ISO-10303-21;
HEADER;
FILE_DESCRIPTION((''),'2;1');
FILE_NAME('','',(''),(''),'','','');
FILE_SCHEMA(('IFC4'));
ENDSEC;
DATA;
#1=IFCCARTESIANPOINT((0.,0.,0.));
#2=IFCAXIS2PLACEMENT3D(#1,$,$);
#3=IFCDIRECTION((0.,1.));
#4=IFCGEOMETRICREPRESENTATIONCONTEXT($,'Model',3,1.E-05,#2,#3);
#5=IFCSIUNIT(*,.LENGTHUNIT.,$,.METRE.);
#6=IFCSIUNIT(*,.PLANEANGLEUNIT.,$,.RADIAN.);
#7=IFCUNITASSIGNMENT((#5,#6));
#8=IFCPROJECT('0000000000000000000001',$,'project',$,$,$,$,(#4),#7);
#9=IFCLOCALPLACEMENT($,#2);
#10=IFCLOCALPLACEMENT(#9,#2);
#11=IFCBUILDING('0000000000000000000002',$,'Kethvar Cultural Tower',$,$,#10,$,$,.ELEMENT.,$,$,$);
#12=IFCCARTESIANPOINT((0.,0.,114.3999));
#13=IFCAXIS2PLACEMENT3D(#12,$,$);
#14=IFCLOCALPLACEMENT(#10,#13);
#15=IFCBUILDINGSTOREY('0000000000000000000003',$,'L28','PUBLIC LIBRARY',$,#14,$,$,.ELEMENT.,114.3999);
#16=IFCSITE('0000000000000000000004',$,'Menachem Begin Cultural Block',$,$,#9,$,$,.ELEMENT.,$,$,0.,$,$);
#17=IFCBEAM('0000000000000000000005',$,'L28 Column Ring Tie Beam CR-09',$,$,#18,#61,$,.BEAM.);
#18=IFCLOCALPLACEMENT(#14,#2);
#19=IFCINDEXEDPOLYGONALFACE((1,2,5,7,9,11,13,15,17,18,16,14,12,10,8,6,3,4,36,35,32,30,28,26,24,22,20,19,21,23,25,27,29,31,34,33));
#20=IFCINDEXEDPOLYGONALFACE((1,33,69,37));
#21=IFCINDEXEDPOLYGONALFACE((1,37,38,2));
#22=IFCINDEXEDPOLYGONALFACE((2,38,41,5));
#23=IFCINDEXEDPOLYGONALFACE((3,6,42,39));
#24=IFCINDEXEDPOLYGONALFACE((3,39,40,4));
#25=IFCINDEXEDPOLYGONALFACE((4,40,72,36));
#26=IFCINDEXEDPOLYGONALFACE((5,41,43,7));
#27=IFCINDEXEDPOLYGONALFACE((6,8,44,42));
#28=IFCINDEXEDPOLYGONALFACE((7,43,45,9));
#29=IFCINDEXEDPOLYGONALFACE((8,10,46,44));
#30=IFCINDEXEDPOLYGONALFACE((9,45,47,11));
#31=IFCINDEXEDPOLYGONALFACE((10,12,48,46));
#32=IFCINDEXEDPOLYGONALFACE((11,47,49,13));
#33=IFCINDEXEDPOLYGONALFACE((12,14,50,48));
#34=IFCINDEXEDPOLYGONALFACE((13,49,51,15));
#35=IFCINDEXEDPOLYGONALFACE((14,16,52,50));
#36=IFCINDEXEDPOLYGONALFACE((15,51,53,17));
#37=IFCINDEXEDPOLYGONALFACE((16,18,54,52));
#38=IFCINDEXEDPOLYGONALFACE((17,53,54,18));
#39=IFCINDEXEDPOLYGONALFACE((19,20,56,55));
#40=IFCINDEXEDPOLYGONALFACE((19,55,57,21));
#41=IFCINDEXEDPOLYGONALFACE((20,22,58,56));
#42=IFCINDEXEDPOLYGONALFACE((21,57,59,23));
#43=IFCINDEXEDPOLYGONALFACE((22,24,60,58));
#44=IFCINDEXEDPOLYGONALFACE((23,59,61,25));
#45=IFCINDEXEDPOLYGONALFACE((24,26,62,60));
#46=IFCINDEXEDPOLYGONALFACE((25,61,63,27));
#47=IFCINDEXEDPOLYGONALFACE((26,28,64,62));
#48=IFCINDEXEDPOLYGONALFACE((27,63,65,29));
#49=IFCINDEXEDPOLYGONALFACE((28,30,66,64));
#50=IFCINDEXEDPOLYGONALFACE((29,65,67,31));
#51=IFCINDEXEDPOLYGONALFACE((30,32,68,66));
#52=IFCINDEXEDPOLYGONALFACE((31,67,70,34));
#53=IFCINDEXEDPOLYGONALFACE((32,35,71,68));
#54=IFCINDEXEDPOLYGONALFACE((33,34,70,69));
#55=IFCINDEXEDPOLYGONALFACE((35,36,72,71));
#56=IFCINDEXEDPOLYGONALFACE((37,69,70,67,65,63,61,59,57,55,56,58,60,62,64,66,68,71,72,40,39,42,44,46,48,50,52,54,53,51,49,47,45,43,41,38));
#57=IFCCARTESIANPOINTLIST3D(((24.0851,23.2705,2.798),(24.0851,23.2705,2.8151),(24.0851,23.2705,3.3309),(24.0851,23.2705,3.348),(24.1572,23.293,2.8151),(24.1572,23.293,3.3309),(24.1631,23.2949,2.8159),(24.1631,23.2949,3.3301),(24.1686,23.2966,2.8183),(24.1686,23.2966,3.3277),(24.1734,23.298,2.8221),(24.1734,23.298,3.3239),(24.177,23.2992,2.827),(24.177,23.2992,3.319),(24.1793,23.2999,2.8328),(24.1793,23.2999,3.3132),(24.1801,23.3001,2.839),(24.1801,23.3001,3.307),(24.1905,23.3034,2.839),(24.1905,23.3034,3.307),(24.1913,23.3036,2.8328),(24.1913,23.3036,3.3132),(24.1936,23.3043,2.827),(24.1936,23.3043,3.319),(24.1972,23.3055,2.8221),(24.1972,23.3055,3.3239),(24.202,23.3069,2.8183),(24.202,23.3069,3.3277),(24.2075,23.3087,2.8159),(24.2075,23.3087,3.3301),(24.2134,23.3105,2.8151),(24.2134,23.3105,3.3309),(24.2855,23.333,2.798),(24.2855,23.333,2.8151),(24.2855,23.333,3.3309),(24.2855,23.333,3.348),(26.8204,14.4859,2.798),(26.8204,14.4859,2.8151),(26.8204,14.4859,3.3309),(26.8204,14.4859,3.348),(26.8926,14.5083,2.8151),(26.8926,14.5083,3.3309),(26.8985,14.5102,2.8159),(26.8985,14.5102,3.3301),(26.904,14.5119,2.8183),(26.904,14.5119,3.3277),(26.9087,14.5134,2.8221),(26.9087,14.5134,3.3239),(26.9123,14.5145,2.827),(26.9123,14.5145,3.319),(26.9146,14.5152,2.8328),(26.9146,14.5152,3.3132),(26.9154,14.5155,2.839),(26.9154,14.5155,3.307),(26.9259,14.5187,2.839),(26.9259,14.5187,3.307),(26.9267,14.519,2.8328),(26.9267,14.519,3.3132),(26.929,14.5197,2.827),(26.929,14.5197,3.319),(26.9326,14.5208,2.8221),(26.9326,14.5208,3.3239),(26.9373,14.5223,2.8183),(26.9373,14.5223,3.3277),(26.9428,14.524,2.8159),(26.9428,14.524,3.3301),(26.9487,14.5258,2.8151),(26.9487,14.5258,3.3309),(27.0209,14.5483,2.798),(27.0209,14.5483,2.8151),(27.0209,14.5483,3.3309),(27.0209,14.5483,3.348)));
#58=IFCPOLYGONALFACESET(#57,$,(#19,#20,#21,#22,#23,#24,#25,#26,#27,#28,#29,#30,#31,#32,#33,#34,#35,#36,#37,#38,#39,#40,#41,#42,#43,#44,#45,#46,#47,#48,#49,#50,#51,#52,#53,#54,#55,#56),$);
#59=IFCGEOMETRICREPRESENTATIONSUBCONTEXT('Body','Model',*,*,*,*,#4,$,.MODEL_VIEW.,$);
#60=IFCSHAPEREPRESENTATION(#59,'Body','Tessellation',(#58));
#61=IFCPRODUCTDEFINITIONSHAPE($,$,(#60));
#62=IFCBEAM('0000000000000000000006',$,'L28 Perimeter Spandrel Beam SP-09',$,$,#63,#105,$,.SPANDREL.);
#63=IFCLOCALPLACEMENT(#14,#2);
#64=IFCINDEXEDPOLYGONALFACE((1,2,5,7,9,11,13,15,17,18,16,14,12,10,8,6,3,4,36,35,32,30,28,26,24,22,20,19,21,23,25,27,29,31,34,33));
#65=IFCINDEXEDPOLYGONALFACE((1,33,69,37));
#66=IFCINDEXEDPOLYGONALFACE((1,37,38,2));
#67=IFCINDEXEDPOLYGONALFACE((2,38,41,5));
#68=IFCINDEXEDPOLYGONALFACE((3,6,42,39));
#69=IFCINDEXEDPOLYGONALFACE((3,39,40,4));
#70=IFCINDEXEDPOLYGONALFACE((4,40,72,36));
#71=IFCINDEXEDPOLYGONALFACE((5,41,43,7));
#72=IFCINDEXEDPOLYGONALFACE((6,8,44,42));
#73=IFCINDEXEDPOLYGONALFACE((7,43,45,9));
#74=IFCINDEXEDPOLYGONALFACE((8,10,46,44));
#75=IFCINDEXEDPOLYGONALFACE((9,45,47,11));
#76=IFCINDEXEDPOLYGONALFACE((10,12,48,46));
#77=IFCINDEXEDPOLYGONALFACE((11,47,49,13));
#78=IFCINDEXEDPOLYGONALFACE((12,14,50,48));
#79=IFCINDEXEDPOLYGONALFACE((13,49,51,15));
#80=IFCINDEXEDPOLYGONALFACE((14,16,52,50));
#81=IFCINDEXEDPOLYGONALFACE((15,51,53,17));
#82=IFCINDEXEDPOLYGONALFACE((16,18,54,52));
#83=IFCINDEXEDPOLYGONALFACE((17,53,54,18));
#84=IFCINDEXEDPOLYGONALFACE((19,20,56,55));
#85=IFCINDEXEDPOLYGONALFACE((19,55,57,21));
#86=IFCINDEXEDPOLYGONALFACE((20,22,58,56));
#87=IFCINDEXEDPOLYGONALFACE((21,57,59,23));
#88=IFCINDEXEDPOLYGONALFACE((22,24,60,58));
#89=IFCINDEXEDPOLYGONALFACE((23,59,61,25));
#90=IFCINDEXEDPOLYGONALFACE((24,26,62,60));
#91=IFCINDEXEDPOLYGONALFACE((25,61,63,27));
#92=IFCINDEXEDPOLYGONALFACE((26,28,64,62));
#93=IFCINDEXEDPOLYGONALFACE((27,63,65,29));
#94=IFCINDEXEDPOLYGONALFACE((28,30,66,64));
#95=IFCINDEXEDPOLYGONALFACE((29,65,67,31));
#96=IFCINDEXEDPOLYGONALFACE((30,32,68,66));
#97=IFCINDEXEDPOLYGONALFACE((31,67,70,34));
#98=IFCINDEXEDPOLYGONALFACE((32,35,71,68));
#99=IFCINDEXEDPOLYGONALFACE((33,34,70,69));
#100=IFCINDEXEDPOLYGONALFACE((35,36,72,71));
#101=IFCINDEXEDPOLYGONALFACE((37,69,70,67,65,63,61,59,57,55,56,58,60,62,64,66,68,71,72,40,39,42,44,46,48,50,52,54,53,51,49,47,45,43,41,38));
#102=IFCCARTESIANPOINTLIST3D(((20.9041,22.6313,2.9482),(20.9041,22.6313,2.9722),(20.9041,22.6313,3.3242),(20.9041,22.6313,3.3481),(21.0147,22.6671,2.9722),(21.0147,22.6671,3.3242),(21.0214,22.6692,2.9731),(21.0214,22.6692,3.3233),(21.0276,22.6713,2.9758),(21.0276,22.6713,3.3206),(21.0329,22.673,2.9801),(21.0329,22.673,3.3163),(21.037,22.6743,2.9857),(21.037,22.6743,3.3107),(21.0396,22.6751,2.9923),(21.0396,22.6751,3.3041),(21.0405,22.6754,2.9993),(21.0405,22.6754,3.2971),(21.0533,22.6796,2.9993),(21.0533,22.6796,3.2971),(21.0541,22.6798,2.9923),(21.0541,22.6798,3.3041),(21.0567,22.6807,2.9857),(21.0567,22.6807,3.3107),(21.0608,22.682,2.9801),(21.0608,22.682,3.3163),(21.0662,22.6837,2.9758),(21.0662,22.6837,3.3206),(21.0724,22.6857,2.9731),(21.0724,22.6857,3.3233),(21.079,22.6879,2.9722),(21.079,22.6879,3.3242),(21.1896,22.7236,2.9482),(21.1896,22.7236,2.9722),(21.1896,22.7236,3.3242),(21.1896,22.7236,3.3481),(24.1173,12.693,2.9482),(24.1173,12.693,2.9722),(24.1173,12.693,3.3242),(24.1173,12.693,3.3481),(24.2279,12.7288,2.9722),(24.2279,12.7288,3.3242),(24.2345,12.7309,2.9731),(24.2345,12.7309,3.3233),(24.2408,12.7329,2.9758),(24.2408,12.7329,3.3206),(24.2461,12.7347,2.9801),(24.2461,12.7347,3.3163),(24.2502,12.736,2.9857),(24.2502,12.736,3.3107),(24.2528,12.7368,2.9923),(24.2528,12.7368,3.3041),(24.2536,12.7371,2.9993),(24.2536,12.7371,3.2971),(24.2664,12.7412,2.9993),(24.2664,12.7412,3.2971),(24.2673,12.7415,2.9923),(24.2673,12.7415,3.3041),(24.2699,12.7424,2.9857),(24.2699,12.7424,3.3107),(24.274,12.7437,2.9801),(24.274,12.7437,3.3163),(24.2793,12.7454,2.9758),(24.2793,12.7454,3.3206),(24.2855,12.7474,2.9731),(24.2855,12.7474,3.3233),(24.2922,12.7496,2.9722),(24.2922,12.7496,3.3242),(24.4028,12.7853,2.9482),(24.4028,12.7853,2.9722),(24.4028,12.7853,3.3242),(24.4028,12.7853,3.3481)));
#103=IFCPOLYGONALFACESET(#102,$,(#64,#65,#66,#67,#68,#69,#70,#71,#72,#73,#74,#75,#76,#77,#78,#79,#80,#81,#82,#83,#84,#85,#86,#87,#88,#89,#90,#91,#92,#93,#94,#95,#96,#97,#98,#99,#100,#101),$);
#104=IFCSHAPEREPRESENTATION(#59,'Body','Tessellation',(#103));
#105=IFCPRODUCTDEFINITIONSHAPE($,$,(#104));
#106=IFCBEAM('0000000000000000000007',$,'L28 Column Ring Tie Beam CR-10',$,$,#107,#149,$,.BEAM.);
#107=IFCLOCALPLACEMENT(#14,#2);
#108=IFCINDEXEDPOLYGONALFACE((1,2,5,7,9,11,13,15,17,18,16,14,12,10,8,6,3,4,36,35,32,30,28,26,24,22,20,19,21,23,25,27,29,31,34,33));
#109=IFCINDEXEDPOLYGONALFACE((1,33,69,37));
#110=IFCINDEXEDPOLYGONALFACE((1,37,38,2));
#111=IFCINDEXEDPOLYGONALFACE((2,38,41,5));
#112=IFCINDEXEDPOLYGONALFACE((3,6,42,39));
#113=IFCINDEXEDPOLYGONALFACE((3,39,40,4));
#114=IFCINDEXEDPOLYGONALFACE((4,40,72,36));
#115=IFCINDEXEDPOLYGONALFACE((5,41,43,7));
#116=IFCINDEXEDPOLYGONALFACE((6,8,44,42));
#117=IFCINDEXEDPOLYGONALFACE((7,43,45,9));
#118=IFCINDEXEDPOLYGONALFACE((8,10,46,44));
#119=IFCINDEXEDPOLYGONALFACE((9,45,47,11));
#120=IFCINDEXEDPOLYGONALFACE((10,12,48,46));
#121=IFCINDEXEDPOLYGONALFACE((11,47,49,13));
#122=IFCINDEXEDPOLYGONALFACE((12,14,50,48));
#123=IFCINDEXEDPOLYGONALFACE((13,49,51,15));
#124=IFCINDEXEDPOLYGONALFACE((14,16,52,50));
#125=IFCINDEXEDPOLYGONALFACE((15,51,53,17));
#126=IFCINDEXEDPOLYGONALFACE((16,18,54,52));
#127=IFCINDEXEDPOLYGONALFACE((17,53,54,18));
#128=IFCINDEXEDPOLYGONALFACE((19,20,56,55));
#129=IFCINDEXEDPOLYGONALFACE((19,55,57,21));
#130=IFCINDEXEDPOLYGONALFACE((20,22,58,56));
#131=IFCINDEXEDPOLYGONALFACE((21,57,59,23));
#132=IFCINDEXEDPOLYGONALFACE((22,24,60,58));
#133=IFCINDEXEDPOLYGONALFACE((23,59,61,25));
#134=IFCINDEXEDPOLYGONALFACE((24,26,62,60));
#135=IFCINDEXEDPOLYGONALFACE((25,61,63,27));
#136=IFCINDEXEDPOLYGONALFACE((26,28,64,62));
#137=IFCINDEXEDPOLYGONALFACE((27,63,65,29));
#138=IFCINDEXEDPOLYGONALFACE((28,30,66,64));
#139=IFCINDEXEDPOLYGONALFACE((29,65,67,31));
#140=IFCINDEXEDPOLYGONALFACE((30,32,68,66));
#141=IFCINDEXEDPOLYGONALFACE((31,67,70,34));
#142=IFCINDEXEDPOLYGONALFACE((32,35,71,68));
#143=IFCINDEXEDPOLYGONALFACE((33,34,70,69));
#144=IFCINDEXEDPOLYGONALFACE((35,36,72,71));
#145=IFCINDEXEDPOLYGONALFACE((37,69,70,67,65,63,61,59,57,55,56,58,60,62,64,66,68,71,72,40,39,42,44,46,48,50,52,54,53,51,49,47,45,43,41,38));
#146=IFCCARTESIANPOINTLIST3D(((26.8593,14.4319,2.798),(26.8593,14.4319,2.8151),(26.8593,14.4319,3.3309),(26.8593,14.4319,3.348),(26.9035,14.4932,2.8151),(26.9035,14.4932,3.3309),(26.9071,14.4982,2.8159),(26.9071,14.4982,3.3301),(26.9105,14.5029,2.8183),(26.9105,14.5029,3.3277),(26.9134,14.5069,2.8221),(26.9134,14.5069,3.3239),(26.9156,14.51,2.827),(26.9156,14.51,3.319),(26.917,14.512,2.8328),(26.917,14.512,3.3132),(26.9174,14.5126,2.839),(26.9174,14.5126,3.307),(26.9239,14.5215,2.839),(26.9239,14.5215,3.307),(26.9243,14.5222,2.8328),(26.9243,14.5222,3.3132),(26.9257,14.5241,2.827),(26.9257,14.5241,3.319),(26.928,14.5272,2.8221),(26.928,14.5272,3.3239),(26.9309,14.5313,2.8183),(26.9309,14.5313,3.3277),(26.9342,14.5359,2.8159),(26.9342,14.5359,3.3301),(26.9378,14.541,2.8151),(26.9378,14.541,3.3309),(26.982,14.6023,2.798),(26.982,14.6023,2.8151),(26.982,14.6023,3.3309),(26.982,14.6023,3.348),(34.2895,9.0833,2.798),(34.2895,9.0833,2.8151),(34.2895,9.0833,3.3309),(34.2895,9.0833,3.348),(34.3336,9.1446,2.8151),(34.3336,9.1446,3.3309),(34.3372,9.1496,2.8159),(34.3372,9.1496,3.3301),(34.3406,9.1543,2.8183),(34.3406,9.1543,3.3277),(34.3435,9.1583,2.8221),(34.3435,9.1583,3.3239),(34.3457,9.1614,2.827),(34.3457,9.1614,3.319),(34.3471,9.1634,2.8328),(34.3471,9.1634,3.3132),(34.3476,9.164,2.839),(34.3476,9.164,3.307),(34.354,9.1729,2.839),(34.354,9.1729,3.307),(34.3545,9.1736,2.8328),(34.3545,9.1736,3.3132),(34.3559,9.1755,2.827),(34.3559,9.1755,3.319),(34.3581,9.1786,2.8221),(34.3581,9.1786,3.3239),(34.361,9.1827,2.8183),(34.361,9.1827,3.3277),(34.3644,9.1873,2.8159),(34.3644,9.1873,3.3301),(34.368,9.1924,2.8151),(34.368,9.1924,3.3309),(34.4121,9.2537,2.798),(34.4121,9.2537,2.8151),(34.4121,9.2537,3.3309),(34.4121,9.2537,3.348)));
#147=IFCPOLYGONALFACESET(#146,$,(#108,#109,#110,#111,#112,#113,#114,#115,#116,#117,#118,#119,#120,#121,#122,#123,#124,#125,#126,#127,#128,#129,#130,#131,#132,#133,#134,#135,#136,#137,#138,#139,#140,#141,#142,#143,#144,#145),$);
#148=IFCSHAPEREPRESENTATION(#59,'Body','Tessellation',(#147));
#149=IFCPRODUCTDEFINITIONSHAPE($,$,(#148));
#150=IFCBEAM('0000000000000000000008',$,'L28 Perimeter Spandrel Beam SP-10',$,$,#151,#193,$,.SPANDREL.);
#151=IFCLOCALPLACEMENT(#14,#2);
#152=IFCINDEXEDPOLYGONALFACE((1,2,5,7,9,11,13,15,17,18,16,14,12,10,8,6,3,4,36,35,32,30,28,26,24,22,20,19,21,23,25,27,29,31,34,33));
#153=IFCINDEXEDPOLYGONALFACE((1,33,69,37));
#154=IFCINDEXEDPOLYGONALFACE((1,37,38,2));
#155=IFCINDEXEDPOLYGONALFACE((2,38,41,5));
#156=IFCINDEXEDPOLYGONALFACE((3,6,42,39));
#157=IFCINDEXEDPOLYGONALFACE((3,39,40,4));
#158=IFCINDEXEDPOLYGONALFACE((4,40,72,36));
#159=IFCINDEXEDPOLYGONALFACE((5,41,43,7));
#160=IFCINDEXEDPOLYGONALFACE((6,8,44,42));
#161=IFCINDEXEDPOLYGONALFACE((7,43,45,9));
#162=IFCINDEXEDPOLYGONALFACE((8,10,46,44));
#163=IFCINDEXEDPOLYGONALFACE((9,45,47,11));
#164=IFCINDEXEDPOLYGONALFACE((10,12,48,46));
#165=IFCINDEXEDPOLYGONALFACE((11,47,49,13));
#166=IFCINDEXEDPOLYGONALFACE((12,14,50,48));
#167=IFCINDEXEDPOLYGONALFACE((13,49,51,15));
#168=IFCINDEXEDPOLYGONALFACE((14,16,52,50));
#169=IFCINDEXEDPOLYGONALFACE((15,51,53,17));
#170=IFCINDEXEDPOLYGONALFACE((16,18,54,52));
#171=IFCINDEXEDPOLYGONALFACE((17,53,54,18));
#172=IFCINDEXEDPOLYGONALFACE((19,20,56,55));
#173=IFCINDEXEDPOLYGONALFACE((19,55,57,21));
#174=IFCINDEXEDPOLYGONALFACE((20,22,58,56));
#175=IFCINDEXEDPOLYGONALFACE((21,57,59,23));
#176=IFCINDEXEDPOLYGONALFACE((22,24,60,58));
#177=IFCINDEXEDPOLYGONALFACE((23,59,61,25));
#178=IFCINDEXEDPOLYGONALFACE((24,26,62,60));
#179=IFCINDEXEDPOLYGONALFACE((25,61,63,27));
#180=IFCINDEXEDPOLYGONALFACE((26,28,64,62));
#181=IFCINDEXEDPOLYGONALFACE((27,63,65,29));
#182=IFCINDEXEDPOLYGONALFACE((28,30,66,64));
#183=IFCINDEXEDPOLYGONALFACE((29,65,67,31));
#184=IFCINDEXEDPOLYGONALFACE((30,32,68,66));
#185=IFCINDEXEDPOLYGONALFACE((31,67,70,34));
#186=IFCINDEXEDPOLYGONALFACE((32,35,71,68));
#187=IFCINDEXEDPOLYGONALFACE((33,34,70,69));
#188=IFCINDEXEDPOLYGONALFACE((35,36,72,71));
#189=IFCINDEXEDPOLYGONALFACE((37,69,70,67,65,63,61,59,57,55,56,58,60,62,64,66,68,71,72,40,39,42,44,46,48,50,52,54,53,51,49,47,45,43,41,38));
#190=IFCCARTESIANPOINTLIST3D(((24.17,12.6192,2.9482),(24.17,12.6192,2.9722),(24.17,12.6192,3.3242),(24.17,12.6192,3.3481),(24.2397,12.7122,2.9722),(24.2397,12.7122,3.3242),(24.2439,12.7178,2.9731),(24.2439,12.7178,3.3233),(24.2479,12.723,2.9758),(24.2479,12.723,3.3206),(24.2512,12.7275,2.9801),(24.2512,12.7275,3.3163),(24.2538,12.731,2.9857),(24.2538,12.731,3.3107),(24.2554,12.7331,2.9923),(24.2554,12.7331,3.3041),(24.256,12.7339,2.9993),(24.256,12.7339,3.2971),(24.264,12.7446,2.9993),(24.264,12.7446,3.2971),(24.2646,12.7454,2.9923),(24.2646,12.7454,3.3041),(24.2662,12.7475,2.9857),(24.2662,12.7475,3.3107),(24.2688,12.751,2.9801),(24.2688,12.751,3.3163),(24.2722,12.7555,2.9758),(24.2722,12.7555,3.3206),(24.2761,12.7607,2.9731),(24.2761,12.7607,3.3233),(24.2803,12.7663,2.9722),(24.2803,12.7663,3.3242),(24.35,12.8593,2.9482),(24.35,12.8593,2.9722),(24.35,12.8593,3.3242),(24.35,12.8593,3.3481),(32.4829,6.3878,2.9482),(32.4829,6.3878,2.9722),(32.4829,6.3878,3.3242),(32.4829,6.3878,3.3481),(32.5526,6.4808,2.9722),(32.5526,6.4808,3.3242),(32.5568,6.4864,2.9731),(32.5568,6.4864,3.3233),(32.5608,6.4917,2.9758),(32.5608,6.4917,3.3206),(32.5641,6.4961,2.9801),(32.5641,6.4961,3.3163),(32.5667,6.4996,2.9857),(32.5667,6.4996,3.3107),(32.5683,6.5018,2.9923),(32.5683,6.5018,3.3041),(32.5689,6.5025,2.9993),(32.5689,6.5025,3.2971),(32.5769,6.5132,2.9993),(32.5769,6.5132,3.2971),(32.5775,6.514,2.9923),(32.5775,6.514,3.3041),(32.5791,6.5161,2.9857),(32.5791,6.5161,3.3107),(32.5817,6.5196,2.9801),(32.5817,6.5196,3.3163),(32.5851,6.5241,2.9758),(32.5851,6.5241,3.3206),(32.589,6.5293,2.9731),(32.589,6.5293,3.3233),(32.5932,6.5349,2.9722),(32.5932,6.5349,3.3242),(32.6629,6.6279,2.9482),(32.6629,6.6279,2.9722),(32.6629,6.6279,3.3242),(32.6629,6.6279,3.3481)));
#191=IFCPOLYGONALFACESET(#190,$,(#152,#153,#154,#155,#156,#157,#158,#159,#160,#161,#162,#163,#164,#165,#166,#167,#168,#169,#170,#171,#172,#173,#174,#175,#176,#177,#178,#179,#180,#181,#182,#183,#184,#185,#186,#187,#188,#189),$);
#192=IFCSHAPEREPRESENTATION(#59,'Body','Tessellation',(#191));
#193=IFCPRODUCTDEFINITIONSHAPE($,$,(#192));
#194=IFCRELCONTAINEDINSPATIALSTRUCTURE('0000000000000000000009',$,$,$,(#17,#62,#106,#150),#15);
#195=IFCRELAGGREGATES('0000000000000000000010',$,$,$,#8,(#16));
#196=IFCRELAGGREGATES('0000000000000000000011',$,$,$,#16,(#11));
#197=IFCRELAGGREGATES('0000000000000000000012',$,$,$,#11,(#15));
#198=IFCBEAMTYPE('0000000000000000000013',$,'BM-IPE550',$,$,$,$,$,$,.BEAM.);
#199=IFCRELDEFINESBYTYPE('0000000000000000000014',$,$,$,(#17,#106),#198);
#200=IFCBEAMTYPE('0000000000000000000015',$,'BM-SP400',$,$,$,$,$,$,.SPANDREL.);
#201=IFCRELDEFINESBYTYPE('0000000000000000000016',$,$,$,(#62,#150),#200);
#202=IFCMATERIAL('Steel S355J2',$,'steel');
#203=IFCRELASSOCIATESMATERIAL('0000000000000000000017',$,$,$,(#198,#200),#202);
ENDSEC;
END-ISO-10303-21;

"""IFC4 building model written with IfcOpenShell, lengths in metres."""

from ifc_helpers import new_model, si_unit, direction, frame, origin, origin_2d, place, context, subcontext, project, spatial, i_section, extrude, source, transform, mapped, material, material_profile, profile_set, type_object, element, save


model = new_model("IFC4")

# Units and contexts
model_context = context("Model", 3, precision=1e-05, world=origin(), true_north=direction((0.0, 1.0)))
body_context = subcontext(model_context, "Body", "Model", "MODEL_VIEW")
ifc_project = project(units=[si_unit("LENGTHUNIT", "METRE"), si_unit("PLANEANGLEUNIT", "RADIAN")], contexts=[model_context])

# Site, building, storey
site_placement = place(None, origin())
site = spatial("IfcSite", under=ifc_project, at=site_placement, Name="Menachem Begin Cultural Block", CompositionType="ELEMENT", RefElevation=0.0)
building_placement = place(site_placement, origin())
building = spatial("IfcBuilding", under=site, at=building_placement, Name="Kethvar Cultural Tower", CompositionType="ELEMENT")
storey_placement = place(building_placement, frame((0.0, 0.0, 114.3999)))
storey = spatial("IfcBuildingStorey", under=building, at=storey_placement, Name="L28", Description="PUBLIC LIBRARY", CompositionType="ELEMENT", Elevation=114.3999)

# Beams
ifc_material_1 = material(Name="Steel S355J2", Category="steel")
ifc_material_profile_1 = material_profile(ifc_material_1, i_section(OverallWidth=0.21, OverallDepth=0.55, WebThickness=0.011, FlangeThickness=0.0171, FilletRadius=0.0239, at=origin_2d()), Name="Steel S355J2 — IPE550")
ifc_profile_set_1 = profile_set([ifc_material_profile_1], Name="Steel S355J2 — IPE550")
beam_type_1 = type_object("IfcBeamType", Name="BM-IPE550", PredefinedType="BEAM", material=ifc_profile_set_1)
shared_shape_1 = source(origin(), body_context, "Body", "SweptSolid", [
    extrude(i_section(OverallWidth=0.21, OverallDepth=0.55, WebThickness=0.011, FlangeThickness=0.0171, FilletRadius=0.0239, at=origin_2d()), origin(), (0.0, 0.0, 1.0), 9.2007),
])
beam_1_placement = place(storey_placement, frame((24.1853, 23.3018, 3.073), z_axis=(0.297299, -0.954784, 0.0), x_axis=(0.954784, 0.297299, 0.0)))
element("IfcBeam", 1, at=beam_1_placement, inside=storey, type_object=beam_type_1, Name="L28 Column Ring Tie Beam CR-09", PredefinedType="BEAM", context=body_context, shape_type="MappedRepresentation", body=[
    mapped(shared_shape_1, transform((0.0, 0.0, 0.0), scale=1.0)),
])
ifc_material_profile_2 = material_profile(ifc_material_1, i_section(OverallWidth=0.3, OverallDepth=0.3999, WebThickness=0.0134, FlangeThickness=0.0239, FilletRadius=0.0271, at=origin_2d()), Name="Steel S355J2 — HEB400")
ifc_profile_set_2 = profile_set([ifc_material_profile_2], Name="Steel S355J2 — HEB400")
beam_type_2 = type_object("IfcBeamType", Name="BM-SP400", PredefinedType="SPANDREL", material=ifc_profile_set_2)
shared_shape_2 = source(origin(), body_context, "Body", "SweptSolid", [
    extrude(i_section(OverallWidth=0.3, OverallDepth=0.3999, WebThickness=0.0134, FlangeThickness=0.0239, FilletRadius=0.0271, at=origin_2d()), origin(), (0.0, 0.0, 1.0), 10.4448),
])
beam_2_placement = place(storey_placement, frame((21.0469, 22.6775, 3.1482), z_axis=(0.307632, -0.951506, 0.0), x_axis=(0.951506, 0.307632, 0.0)))
element("IfcBeam", 2, at=beam_2_placement, inside=storey, type_object=beam_type_2, Name="L28 Perimeter Spandrel Beam SP-09", PredefinedType="SPANDREL", context=body_context, shape_type="MappedRepresentation", body=[
    mapped(shared_shape_2, transform((0.0, 0.0, 0.0), scale=1.0)),
])
shared_shape_3 = source(origin(), body_context, "Body", "SweptSolid", [
    extrude(i_section(OverallWidth=0.21, OverallDepth=0.55, WebThickness=0.011, FlangeThickness=0.0171, FilletRadius=0.0239, at=origin_2d()), origin(), (0.0, 0.0, 1.0), 9.155),
])
beam_3_placement = place(storey_placement, frame((26.9207, 14.5171, 3.073), z_axis=(0.811591, -0.584226, 0.0), x_axis=(0.584226, 0.811591, 0.0)))
element("IfcBeam", 3, at=beam_3_placement, inside=storey, type_object=beam_type_1, Name="L28 Column Ring Tie Beam CR-10", PredefinedType="BEAM", context=body_context, shape_type="MappedRepresentation", body=[
    mapped(shared_shape_3, transform((0.0, 0.0, 0.0), scale=1.0)),
])
shared_shape_4 = source(origin(), body_context, "Body", "SweptSolid", [
    extrude(i_section(OverallWidth=0.3, OverallDepth=0.3999, WebThickness=0.0134, FlangeThickness=0.0239, FilletRadius=0.0271, at=origin_2d()), origin(), (0.0, 0.0, 1.0), 10.3892),
])
beam_4_placement = place(storey_placement, frame((24.26, 12.7393, 3.1482), z_axis=(0.800152, -0.599797, 0.0), x_axis=(0.599797, 0.800152, 0.0)))
element("IfcBeam", 4, at=beam_4_placement, inside=storey, type_object=beam_type_2, Name="L28 Perimeter Spandrel Beam SP-10", PredefinedType="SPANDREL", context=body_context, shape_type="MappedRepresentation", body=[
    mapped(shared_shape_4, transform((0.0, 0.0, 0.0), scale=1.0)),
])

save(model, "model.ifc")
